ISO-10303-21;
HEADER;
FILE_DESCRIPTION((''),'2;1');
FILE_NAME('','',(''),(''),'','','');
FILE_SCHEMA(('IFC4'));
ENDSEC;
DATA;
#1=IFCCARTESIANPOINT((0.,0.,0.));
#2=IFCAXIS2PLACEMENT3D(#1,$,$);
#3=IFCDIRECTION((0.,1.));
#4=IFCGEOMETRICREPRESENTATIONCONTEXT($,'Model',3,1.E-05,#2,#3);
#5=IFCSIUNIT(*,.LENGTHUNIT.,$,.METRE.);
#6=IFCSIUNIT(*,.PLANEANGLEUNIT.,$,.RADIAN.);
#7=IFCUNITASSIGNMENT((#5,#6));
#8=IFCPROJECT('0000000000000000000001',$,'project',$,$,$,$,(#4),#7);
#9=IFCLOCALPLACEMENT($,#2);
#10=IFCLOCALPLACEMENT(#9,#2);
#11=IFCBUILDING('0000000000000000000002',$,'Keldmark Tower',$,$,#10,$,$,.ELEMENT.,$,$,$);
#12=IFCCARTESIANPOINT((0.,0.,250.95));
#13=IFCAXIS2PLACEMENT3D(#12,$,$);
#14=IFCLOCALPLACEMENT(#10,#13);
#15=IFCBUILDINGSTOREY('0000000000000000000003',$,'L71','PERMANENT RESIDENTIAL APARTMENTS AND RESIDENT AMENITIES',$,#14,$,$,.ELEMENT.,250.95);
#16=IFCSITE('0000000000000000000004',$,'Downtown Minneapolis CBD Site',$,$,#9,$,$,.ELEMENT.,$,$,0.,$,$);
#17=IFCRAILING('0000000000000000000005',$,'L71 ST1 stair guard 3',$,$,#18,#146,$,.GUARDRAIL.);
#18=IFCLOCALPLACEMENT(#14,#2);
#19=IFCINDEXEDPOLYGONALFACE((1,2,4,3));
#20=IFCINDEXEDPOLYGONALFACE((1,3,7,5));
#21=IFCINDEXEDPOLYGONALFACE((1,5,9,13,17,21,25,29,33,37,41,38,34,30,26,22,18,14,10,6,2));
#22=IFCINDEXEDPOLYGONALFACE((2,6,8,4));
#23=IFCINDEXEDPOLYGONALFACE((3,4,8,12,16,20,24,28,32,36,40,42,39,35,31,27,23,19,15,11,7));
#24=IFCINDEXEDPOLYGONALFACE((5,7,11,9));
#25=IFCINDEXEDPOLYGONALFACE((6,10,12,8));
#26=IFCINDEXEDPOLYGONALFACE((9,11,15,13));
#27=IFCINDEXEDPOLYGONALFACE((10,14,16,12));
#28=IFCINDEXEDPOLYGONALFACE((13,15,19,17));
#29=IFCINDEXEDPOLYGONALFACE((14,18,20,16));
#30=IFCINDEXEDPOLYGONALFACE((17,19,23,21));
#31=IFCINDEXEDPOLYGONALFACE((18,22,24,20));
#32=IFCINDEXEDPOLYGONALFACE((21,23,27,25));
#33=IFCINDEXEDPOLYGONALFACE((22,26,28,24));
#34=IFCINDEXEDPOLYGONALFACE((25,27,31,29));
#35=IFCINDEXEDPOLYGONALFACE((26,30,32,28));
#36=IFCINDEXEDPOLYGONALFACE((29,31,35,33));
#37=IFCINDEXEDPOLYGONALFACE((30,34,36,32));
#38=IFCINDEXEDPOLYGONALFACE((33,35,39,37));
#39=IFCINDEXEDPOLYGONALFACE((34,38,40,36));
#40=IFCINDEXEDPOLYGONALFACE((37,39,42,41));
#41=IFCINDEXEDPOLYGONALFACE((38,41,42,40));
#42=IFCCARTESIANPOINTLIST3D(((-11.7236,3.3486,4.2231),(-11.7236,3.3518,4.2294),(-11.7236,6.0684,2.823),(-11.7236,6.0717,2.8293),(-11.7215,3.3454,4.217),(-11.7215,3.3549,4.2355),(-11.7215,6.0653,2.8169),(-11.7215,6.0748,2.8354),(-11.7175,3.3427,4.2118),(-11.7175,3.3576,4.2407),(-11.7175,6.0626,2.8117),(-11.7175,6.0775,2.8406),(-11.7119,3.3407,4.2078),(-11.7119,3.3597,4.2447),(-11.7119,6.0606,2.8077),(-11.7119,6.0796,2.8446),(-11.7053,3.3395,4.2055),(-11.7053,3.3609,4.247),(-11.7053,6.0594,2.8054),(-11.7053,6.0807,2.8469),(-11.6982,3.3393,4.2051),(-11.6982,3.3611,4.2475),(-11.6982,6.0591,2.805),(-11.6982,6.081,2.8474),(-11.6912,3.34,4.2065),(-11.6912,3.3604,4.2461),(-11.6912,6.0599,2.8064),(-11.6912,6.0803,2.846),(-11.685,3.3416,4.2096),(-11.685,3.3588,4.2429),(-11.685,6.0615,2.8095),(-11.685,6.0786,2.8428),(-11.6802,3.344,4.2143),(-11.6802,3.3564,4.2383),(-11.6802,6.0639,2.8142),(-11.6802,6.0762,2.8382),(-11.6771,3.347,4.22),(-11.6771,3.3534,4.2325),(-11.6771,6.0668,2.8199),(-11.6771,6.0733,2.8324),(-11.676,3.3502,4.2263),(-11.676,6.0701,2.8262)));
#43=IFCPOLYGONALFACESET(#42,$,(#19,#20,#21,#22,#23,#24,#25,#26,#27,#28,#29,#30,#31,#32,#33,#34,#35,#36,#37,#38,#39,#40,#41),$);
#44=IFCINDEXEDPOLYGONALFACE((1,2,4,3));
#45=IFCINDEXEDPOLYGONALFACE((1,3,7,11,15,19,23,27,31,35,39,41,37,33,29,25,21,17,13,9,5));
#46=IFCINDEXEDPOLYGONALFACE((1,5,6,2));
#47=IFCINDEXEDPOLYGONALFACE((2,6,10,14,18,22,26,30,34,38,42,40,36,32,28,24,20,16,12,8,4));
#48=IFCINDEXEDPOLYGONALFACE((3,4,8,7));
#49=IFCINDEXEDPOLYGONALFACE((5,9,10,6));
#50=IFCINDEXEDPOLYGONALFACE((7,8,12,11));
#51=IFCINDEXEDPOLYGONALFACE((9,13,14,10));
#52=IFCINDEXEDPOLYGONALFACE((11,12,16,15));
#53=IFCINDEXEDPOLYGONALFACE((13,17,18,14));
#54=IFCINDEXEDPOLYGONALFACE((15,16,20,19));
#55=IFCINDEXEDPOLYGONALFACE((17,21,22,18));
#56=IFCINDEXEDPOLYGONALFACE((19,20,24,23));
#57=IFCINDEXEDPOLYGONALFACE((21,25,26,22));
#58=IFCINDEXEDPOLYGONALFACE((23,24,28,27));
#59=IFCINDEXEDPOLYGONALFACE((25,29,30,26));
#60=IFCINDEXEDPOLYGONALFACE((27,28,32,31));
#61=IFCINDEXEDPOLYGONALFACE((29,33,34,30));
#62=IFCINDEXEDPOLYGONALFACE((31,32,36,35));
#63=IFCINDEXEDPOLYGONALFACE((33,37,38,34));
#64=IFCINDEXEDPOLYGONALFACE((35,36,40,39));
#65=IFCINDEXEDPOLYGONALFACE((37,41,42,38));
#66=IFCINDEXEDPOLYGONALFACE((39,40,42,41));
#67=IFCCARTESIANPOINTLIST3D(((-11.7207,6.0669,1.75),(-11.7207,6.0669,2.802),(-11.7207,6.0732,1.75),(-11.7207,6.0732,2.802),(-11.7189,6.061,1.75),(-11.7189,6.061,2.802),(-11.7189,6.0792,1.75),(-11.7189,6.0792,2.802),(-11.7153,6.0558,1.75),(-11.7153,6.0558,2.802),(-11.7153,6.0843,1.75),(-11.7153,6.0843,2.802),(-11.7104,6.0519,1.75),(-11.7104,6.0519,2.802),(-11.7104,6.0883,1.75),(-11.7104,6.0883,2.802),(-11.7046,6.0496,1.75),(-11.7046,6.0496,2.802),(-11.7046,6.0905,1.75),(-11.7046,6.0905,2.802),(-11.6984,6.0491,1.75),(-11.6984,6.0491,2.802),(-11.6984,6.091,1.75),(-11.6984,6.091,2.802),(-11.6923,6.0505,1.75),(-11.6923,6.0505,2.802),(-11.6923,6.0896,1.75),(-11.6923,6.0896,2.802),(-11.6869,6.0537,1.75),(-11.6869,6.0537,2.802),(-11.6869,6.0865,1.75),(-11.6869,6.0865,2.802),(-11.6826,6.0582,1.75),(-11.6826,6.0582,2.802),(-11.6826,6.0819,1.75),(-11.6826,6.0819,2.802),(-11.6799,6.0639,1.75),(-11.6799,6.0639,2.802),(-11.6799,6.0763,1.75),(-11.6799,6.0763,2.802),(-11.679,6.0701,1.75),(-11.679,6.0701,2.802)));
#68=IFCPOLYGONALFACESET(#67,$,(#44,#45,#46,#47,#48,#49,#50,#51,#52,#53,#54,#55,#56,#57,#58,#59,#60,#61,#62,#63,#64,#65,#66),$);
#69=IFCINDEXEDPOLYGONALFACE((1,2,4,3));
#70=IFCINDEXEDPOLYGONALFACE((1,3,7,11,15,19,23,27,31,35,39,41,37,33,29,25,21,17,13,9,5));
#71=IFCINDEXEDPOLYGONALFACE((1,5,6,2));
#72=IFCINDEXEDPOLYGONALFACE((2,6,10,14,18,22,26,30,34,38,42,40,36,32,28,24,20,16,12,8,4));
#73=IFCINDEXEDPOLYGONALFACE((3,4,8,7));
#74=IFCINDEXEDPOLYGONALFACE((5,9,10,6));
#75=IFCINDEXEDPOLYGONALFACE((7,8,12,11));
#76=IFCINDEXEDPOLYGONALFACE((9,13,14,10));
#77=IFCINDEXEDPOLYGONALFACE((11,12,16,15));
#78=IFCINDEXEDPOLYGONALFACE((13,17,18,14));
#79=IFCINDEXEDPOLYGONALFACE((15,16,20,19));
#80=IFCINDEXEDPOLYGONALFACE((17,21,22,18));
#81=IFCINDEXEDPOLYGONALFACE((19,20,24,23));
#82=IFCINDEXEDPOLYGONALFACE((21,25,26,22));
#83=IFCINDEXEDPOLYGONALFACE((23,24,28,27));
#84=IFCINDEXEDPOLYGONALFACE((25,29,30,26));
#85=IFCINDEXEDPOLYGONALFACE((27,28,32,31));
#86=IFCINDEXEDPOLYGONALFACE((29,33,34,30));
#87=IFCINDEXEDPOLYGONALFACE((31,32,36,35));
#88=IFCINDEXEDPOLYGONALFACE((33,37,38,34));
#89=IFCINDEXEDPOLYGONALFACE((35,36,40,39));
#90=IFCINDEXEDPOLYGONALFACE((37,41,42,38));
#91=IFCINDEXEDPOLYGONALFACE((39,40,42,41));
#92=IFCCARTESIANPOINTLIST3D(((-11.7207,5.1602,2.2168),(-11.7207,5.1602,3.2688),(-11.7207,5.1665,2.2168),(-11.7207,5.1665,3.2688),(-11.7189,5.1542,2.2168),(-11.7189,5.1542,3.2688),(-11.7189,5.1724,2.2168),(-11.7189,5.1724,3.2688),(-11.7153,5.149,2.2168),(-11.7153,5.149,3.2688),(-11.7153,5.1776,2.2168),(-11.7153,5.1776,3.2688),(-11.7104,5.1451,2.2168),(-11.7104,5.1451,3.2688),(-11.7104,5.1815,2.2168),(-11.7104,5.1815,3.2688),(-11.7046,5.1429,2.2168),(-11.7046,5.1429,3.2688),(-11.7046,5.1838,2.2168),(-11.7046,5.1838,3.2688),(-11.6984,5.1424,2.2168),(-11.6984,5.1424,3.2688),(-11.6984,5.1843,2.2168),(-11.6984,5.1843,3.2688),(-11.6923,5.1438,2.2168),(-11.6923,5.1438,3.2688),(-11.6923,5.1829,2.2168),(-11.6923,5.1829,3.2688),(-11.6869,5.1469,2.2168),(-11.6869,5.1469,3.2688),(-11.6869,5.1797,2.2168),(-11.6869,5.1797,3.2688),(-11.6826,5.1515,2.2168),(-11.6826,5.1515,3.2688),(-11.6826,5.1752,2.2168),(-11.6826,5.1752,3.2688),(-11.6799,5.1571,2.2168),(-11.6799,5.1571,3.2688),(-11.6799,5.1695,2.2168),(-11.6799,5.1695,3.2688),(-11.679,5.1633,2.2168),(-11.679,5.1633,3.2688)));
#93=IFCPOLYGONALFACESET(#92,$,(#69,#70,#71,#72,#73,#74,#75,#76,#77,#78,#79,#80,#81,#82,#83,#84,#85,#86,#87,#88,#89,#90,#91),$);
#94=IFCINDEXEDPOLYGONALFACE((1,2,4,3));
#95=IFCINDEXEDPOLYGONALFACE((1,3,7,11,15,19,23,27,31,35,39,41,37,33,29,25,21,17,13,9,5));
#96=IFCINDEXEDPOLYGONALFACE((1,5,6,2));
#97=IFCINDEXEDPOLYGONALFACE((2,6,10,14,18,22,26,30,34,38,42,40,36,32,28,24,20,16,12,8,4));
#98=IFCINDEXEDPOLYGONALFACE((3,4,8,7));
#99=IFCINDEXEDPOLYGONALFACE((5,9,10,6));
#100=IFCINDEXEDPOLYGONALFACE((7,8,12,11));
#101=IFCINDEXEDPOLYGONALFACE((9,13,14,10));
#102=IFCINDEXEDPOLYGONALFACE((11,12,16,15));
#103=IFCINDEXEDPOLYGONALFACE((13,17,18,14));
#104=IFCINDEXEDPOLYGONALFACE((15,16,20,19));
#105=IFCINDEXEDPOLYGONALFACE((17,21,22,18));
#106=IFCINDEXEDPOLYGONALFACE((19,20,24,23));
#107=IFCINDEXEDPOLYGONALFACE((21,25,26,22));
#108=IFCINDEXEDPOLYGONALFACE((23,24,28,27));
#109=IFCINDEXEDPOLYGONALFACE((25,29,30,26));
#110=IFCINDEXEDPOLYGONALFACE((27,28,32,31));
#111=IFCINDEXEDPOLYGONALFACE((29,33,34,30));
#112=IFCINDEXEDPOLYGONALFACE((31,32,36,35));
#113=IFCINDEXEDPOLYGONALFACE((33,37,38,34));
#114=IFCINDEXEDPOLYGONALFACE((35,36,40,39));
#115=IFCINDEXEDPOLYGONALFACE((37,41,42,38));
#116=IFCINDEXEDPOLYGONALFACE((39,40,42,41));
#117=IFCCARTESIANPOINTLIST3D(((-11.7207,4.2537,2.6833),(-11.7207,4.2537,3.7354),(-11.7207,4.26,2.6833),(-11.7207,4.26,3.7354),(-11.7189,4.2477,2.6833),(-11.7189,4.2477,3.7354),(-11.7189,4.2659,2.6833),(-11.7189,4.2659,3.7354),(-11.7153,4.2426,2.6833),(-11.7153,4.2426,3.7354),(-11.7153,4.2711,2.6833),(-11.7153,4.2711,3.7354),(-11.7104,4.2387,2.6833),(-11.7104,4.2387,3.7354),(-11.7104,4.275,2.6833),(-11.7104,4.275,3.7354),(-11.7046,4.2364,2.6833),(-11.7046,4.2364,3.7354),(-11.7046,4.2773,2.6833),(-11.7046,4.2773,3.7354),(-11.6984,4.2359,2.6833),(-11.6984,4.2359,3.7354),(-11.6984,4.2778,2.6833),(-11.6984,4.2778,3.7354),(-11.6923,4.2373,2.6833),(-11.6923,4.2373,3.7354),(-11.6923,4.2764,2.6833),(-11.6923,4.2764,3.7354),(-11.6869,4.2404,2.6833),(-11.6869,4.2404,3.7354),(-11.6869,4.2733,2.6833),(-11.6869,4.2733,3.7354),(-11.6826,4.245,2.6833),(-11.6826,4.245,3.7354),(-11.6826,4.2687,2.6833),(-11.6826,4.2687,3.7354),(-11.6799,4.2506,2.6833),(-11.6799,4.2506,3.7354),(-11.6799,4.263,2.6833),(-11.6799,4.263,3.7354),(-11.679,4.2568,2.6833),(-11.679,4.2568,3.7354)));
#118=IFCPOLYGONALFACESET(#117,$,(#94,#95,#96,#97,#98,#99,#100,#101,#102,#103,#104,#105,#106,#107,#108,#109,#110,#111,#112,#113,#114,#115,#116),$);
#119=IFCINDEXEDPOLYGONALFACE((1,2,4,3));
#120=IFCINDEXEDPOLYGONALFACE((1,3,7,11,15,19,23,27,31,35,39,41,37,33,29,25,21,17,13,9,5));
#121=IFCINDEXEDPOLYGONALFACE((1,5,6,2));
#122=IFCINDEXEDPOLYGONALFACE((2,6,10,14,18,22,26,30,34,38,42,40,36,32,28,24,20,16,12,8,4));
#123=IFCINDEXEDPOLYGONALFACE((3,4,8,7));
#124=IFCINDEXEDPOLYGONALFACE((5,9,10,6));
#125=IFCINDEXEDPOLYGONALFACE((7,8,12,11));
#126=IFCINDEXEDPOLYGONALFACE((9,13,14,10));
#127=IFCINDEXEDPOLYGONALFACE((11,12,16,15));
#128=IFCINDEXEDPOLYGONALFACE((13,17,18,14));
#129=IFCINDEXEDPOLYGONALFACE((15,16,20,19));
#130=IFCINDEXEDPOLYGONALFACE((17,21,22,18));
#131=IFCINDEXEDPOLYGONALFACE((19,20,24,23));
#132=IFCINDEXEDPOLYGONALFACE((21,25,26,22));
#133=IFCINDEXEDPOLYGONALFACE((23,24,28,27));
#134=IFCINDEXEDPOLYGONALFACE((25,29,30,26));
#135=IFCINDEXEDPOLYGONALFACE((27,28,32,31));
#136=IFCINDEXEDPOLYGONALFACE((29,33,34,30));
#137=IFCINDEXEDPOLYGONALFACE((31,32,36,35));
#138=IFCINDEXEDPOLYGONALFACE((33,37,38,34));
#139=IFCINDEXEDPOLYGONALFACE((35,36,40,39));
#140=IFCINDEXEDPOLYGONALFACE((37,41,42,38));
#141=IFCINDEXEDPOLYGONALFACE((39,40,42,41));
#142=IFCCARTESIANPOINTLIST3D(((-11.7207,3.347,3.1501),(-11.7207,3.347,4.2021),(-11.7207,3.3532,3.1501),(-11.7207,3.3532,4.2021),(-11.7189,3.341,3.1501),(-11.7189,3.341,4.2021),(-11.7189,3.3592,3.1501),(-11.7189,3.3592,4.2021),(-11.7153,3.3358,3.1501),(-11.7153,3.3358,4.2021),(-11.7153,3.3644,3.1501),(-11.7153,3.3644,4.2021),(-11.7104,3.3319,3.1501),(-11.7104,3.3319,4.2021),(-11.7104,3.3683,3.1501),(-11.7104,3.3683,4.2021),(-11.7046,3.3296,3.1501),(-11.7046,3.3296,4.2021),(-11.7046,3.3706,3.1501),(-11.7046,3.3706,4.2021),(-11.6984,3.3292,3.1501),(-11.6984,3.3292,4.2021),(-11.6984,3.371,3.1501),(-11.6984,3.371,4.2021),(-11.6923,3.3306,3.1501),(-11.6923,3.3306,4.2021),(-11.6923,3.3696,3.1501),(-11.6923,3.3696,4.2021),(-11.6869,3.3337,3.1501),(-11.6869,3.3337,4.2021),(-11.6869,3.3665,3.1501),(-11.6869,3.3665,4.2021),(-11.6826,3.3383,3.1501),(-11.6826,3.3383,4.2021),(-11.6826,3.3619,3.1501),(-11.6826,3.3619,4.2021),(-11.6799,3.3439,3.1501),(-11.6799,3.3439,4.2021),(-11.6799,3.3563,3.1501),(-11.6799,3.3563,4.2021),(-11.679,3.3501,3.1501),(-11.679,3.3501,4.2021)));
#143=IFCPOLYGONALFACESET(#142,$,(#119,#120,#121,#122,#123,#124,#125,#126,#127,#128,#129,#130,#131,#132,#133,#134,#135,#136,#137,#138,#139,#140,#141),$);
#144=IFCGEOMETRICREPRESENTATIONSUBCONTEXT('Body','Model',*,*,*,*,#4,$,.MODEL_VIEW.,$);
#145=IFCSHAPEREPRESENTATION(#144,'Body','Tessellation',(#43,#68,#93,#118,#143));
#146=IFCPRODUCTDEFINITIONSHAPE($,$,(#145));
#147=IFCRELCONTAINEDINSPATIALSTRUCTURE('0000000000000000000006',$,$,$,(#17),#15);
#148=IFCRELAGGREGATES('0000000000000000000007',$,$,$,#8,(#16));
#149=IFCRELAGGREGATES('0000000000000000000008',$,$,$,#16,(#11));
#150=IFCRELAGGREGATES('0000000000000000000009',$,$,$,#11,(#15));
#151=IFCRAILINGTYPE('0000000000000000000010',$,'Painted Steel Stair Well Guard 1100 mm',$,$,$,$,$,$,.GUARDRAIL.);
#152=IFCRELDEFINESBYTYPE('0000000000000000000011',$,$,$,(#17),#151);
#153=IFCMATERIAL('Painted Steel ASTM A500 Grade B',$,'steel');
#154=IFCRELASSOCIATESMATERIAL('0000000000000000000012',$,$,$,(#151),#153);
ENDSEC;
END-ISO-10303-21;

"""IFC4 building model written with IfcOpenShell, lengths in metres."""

from ifc_helpers import new_model, si_unit, direction, frame, origin, origin_2d, place, context, subcontext, project, spatial, circle, extrude, material, type_object, element, save


model = new_model("IFC4")

# Units and contexts
model_context = context("Model", 3, precision=1e-05, world=origin(), true_north=direction((0.0, 1.0)))
body_context = subcontext(model_context, "Body", "Model", "MODEL_VIEW")
ifc_project = project(units=[si_unit("LENGTHUNIT", "METRE"), si_unit("PLANEANGLEUNIT", "RADIAN")], contexts=[model_context])

# Site, building, storey
site_placement = place(None, origin())
site = spatial("IfcSite", under=ifc_project, at=site_placement, Name="Downtown Minneapolis CBD Site", CompositionType="ELEMENT", RefElevation=0.0)
building_placement = place(site_placement, origin())
building = spatial("IfcBuilding", under=site, at=building_placement, Name="Keldmark Tower", CompositionType="ELEMENT")
storey_placement = place(building_placement, frame((0.0, 0.0, 250.95)))
storey = spatial("IfcBuildingStorey", under=building, at=storey_placement, Name="L71", Description="PERMANENT RESIDENTIAL APARTMENTS AND RESIDENT AMENITIES", CompositionType="ELEMENT", Elevation=250.95)

# Railing
ifc_material_1 = material(Name="Painted Steel ASTM A500 Grade B", Category="steel")
railing_type_1 = type_object("IfcRailingType", Name="Painted Steel Stair Well Guard 1100 mm", PredefinedType="GUARDRAIL", material=ifc_material_1)
railing_1_placement = place(storey_placement, frame((-11.7, 6.0701, 1.75)))
element("IfcRailing", 1, at=railing_1_placement, inside=storey, type_object=railing_type_1, Name="L71 ST1 stair guard 3", PredefinedType="GUARDRAIL", context=body_context, shape_type="SweptSolid", body=[
    extrude(circle(Radius=0.0239, at=origin_2d()), frame((0.0, 0.0, 1.0762), z_axis=(0.0, -0.889114, 0.457685), x_axis=(1.0, 0.0, 0.0)), (0.0, 0.0, 1.0), 3.0591),
    extrude(circle(Radius=0.021, at=origin_2d()), origin(), (0.0, 0.0, 1.0), 1.052),
    extrude(circle(Radius=0.021, at=origin_2d()), frame((0.0, -0.9067, 0.4668)), (0.0, 0.0, 1.0), 1.052),
    extrude(circle(Radius=0.021, at=origin_2d()), frame((0.0, -1.8132, 0.9333)), (0.0, 0.0, 1.0), 1.052),
    extrude(circle(Radius=0.021, at=origin_2d()), frame((0.0, -2.72, 1.4001)), (0.0, 0.0, 1.0), 1.052),
])

save(model, "model.ifc")
